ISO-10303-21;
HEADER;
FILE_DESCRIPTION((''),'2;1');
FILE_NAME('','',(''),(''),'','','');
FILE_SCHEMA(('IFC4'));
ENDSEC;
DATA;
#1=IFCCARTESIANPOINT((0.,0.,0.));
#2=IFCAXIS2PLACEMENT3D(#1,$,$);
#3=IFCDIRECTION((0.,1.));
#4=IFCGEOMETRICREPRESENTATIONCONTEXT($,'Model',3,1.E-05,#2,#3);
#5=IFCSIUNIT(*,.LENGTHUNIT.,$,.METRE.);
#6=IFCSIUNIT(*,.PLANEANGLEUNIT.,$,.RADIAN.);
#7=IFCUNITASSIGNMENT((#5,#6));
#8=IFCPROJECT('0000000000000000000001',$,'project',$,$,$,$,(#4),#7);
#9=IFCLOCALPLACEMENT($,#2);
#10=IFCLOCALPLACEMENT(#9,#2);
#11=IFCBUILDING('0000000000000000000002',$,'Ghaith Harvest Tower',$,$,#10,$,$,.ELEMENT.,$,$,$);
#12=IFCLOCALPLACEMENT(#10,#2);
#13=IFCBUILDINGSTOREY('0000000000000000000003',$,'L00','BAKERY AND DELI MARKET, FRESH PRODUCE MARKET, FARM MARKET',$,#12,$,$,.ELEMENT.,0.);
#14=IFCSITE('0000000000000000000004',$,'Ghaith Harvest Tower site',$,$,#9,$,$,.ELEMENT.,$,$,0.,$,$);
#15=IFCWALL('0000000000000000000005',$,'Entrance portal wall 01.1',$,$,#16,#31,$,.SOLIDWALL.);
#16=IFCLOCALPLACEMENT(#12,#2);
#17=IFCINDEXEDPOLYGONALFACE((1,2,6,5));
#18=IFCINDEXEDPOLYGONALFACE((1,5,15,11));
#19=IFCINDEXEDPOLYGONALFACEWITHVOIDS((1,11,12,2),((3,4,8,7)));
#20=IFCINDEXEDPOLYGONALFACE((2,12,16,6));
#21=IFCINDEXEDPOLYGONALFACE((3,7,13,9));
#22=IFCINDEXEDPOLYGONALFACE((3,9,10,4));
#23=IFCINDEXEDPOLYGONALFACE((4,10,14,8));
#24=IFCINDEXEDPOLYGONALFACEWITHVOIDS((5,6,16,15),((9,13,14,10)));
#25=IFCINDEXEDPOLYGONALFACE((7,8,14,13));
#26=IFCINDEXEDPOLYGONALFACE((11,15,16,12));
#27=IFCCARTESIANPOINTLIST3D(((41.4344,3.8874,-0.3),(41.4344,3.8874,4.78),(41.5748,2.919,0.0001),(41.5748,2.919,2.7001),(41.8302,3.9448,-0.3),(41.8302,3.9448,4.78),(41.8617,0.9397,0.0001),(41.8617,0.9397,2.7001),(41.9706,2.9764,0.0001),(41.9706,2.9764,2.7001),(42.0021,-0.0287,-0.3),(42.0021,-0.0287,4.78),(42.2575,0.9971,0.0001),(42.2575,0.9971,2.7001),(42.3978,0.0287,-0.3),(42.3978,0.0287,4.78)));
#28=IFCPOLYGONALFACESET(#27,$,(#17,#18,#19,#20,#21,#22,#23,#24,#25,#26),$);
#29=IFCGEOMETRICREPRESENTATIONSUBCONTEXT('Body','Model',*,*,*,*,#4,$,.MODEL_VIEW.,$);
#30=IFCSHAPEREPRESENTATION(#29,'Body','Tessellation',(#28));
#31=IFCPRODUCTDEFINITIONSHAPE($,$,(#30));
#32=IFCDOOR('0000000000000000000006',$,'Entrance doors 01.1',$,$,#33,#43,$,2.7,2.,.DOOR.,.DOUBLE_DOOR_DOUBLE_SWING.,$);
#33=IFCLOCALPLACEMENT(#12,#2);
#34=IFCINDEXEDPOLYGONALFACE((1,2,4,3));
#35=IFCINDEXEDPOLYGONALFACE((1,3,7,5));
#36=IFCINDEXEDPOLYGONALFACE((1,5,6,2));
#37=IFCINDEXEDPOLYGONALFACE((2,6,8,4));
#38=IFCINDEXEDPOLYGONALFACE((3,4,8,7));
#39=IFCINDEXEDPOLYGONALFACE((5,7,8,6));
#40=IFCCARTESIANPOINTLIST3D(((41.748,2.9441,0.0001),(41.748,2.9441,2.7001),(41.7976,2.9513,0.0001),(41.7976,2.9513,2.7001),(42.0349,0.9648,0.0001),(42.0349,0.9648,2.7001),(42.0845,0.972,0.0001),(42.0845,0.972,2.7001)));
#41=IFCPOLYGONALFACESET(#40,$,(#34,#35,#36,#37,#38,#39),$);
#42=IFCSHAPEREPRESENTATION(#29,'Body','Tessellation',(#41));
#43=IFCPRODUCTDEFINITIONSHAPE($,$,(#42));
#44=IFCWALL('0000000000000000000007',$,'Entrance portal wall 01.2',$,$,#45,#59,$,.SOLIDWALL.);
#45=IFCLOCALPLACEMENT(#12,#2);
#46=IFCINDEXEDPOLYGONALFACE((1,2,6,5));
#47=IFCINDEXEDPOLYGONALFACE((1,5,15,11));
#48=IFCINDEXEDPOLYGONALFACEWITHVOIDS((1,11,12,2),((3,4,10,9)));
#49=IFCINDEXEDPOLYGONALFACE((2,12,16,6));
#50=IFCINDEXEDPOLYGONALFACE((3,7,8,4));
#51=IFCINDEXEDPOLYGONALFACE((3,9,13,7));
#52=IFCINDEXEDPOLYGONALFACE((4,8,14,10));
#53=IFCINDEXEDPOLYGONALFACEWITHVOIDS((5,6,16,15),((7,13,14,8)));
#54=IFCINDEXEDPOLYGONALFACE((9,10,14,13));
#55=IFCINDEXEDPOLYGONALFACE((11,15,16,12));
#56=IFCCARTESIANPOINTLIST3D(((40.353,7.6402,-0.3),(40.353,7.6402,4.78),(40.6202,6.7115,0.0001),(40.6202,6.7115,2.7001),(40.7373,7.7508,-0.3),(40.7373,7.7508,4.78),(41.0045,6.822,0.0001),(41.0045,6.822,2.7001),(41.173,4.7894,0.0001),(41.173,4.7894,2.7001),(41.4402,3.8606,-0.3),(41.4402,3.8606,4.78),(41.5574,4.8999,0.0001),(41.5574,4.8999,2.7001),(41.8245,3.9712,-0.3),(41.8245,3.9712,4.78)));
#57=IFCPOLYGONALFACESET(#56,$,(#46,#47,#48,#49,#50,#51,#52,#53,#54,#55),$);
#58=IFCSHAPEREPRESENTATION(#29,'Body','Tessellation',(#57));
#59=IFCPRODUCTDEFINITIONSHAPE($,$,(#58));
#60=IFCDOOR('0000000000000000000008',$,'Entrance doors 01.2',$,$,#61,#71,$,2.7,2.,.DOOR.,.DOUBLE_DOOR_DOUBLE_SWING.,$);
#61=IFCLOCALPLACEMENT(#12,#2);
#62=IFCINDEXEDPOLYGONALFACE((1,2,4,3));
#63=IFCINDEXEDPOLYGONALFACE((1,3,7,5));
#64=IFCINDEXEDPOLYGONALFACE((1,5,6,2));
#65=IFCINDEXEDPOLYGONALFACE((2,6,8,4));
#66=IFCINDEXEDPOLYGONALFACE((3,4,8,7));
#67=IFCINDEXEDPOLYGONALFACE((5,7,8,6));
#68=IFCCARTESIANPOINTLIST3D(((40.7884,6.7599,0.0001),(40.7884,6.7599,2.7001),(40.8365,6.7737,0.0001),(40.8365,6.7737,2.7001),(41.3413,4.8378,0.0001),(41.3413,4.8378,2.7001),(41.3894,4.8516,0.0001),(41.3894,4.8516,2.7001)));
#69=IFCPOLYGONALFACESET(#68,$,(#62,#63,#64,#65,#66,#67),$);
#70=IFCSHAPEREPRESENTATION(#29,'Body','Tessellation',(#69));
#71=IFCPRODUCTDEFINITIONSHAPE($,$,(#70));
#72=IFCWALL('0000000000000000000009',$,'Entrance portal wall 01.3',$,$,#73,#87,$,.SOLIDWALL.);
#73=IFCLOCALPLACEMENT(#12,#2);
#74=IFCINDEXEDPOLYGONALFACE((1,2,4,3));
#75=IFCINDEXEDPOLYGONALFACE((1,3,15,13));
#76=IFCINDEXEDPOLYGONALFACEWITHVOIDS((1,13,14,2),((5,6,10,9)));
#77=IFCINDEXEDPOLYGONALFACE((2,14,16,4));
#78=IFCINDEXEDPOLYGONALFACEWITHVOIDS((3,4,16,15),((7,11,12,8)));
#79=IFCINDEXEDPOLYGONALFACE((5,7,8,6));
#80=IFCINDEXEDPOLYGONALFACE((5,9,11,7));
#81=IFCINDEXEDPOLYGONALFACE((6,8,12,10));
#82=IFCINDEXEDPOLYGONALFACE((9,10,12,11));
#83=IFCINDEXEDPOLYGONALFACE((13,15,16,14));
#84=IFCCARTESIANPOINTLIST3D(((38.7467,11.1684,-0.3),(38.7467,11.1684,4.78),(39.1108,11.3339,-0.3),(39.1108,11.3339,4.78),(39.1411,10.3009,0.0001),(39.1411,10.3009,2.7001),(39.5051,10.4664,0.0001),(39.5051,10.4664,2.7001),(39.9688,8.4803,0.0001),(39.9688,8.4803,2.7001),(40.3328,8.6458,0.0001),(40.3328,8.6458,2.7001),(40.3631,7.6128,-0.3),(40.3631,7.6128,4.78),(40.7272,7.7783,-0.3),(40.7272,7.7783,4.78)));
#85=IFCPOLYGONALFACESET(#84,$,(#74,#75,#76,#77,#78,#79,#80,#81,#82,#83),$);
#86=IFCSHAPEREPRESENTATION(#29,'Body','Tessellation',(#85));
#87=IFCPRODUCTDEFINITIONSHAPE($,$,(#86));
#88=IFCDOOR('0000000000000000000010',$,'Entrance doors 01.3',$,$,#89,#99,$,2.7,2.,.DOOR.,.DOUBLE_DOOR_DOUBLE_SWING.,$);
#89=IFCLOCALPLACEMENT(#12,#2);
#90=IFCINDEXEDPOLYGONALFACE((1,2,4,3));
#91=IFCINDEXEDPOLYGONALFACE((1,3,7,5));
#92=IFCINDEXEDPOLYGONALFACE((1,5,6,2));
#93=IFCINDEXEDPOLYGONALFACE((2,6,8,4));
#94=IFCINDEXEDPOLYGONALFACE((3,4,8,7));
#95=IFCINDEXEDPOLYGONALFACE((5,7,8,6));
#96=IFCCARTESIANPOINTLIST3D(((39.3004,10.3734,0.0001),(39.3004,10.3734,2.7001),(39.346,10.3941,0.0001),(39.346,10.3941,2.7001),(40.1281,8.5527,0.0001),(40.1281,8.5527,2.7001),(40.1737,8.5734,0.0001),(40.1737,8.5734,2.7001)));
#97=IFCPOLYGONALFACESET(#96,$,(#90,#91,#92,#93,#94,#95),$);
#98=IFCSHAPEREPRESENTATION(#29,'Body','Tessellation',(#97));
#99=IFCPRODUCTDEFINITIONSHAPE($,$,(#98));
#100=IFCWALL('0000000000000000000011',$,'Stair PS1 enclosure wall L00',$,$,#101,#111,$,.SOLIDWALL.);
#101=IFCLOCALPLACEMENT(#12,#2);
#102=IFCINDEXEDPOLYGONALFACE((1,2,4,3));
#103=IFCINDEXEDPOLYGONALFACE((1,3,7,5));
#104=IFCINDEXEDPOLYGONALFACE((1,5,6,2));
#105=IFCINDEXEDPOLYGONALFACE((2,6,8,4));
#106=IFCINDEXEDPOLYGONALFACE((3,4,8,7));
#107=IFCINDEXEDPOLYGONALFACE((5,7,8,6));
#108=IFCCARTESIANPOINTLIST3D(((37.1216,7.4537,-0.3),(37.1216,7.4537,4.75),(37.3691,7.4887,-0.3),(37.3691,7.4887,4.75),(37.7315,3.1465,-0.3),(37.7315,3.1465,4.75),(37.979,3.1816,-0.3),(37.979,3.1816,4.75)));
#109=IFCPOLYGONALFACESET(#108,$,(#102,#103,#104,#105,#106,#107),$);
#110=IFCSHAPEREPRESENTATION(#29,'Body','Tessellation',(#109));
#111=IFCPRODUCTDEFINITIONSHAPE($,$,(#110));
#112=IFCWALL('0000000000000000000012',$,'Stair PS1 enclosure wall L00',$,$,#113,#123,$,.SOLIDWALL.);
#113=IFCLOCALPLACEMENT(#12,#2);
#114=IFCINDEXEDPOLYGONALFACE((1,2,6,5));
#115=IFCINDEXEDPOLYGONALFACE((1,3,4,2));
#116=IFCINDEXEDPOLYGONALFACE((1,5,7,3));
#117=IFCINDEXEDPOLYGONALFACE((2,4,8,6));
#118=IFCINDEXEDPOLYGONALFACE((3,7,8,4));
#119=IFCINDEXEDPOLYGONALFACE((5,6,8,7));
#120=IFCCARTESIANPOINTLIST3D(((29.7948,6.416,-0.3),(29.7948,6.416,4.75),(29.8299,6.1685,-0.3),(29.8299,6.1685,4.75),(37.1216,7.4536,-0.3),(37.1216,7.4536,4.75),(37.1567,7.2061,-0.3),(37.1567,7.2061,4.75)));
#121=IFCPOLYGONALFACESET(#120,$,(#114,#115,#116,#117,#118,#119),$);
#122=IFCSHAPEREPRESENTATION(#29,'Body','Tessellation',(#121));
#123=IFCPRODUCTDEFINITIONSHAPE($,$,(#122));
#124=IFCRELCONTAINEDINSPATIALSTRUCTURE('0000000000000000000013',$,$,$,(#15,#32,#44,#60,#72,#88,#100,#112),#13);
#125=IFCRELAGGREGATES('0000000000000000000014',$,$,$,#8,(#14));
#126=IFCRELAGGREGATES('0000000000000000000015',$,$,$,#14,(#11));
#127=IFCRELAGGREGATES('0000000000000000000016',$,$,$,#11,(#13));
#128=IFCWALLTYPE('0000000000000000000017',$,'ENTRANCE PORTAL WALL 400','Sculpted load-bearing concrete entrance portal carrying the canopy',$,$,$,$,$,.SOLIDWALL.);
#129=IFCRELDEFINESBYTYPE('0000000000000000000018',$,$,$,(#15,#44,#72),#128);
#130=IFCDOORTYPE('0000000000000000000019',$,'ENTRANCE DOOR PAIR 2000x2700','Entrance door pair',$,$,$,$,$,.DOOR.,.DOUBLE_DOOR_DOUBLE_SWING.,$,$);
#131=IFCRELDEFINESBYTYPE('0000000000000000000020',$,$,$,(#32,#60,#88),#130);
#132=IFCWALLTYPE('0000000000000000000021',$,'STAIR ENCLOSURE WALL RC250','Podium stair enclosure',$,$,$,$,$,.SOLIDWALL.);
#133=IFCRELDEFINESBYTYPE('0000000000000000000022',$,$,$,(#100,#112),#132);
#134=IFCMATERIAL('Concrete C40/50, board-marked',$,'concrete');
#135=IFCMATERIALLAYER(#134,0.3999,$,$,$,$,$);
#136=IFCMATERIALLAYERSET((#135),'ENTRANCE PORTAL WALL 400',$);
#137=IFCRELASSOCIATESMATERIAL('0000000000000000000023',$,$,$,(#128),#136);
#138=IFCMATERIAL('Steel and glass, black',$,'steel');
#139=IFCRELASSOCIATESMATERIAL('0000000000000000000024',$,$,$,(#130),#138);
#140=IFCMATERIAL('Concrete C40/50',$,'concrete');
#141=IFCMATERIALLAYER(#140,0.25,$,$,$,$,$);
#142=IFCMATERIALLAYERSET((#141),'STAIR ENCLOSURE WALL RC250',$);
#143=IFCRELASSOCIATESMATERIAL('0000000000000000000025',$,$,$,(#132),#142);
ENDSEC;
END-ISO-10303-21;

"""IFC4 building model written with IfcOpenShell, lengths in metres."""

from ifc_helpers import new_model, si_unit, direction, frame, frame_2d, origin, place, context, subcontext, project, spatial, rectangle, extrude, material, layer, layer_set, type_object, element, fill, save


model = new_model("IFC4")

# Units and contexts
model_context = context("Model", 3, precision=1e-05, world=origin(), true_north=direction((0.0, 1.0)))
body_context = subcontext(model_context, "Body", "Model", "MODEL_VIEW")
ifc_project = project(units=[si_unit("LENGTHUNIT", "METRE"), si_unit("PLANEANGLEUNIT", "RADIAN")], contexts=[model_context])

# Site, building, storey
site_placement = place(None, origin())
site = spatial("IfcSite", under=ifc_project, at=site_placement, Name="Ghaith Harvest Tower site", CompositionType="ELEMENT", RefElevation=0.0)
building_placement = place(site_placement, origin())
building = spatial("IfcBuilding", under=site, at=building_placement, Name="Ghaith Harvest Tower", CompositionType="ELEMENT")
storey_placement = place(building_placement, origin())
storey = spatial("IfcBuildingStorey", under=building, at=storey_placement, Name="L00", Description="BAKERY AND DELI MARKET, FRESH PRODUCE MARKET, FARM MARKET", CompositionType="ELEMENT", Elevation=0.0)

# Walls, openings, doors
ifc_material_1 = material(Name="Concrete C40/50, board-marked", Category="concrete")
ifc_layer_1 = layer(ifc_material_1, 0.3999)
ifc_layer_set_1 = layer_set([ifc_layer_1], Name="ENTRANCE PORTAL WALL 400")
wall_type_1 = type_object("IfcWallType", Name="ENTRANCE PORTAL WALL 400", Description="Sculpted load-bearing concrete entrance portal carrying the canopy", PredefinedType="SOLIDWALL", material=ifc_layer_set_1)
wall_1_placement = place(storey_placement, frame((42.2, 0.0, -0.3), z_axis=(0.0, 0.0, 1.0), x_axis=(-0.143451, 0.989657, 0.0)))
wall_1 = element("IfcWall", 1, at=wall_1_placement, inside=storey, type_object=wall_type_1, Name="Entrance portal wall 01.1", PredefinedType="SOLIDWALL", context=body_context, shape_type="SweptSolid", body=[
    extrude(rectangle(XDim=3.957, YDim=0.3999, at=frame_2d((1.9785, 0.0))), origin(), (0.0, 0.0, 1.0), 5.0801),
])
opening_1_placement = place(wall_1_placement, frame((0.9785, 0.0, 0.3)))
opening_1 = element("IfcOpeningElement", 2, at=opening_1_placement, cuts=wall_1, PredefinedType="OPENING", context=body_context, shape_type="SweptSolid", body=[
    extrude(rectangle(XDim=2.0, YDim=2.7, at=frame_2d((1.0, 1.3501))), frame((0.0, 0.21, 0.0), z_axis=(0.0, -1.0, 0.0), x_axis=(1.0, 0.0, 0.0)), (0.0, 0.0, 1.0), 0.4199),
])
ifc_material_2 = material(Name="Steel and glass, black", Category="steel")
door_type = type_object("IfcDoorType", Name="ENTRANCE DOOR PAIR 2000x2700", Description="Entrance door pair", OperationType="DOUBLE_DOOR_DOUBLE_SWING", PredefinedType="DOOR", material=ifc_material_2)
door_1_placement = place(opening_1_placement, origin())
door_1 = element("IfcDoor", 3, at=door_1_placement, inside=storey, type_object=door_type, Name="Entrance doors 01.1", OperationType="DOUBLE_DOOR_DOUBLE_SWING", OverallHeight=2.7, OverallWidth=2.0, PredefinedType="DOOR", context=body_context, shape_type="SweptSolid", body=[
    extrude(rectangle(XDim=2.0, YDim=2.7, at=frame_2d((1.0, 1.3501))), frame((0.0, 0.0249, 0.0), z_axis=(0.0, -1.0, 0.0), x_axis=(1.0, 0.0, 0.0)), (0.0, 0.0, 1.0), 0.05),
])
fill(opening_1, door_1)
wall_2_placement = place(storey_placement, frame((41.6323, 3.916, -0.3), z_axis=(0.0, 0.0, 1.0), x_axis=(-0.276434, 0.961033, 0.0)))
wall_2 = element("IfcWall", 4, at=wall_2_placement, inside=storey, type_object=wall_type_1, Name="Entrance portal wall 01.2", PredefinedType="SOLIDWALL", context=body_context, shape_type="SweptSolid", body=[
    extrude(rectangle(XDim=3.9329, YDim=0.3999, at=frame_2d((1.9663, 0.0))), origin(), (0.0, 0.0, 1.0), 5.0801),
])
opening_2_placement = place(wall_2_placement, frame((0.9663, 0.0, 0.3)))
opening_2 = element("IfcOpeningElement", 5, at=opening_2_placement, cuts=wall_2, PredefinedType="OPENING", context=body_context, shape_type="SweptSolid", body=[
    extrude(rectangle(XDim=2.0, YDim=2.7, at=frame_2d((1.0, 1.3501))), frame((0.0, 0.21, 0.0), z_axis=(0.0, -1.0, 0.0), x_axis=(1.0, 0.0, 0.0)), (0.0, 0.0, 1.0), 0.4199),
])
door_2_placement = place(opening_2_placement, origin())
door_2 = element("IfcDoor", 6, at=door_2_placement, inside=storey, type_object=door_type, Name="Entrance doors 01.2", OperationType="DOUBLE_DOOR_DOUBLE_SWING", OverallHeight=2.7, OverallWidth=2.0, PredefinedType="DOOR", context=body_context, shape_type="SweptSolid", body=[
    extrude(rectangle(XDim=2.0, YDim=2.7, at=frame_2d((1.0, 1.3501))), frame((0.0, 0.0249, 0.0), z_axis=(0.0, -1.0, 0.0), x_axis=(1.0, 0.0, 0.0)), (0.0, 0.0, 1.0), 0.05),
])
fill(opening_2, door_2)
wall_3_placement = place(storey_placement, frame((40.5452, 7.6956, -0.3), z_axis=(0.0, 0.0, 1.0), x_axis=(-0.413855, 0.910343, 0.0)))
wall_3 = element("IfcWall", 7, at=wall_3_placement, inside=storey, type_object=wall_type_1, Name="Entrance portal wall 01.3", PredefinedType="SOLIDWALL", context=body_context, shape_type="SweptSolid", body=[
    extrude(rectangle(XDim=3.9058, YDim=0.3999, at=frame_2d((1.9529, 0.0))), origin(), (0.0, 0.0, 1.0), 5.0801),
])
opening_3_placement = place(wall_3_placement, frame((0.9529, 0.0, 0.3)))
opening_3 = element("IfcOpeningElement", 8, at=opening_3_placement, cuts=wall_3, PredefinedType="OPENING", context=body_context, shape_type="SweptSolid", body=[
    extrude(rectangle(XDim=2.0, YDim=2.7, at=frame_2d((1.0, 1.3501))), frame((0.0, 0.21, 0.0), z_axis=(0.0, -1.0, 0.0), x_axis=(1.0, 0.0, 0.0)), (0.0, 0.0, 1.0), 0.4199),
])
door_3_placement = place(opening_3_placement, origin())
door_3 = element("IfcDoor", 9, at=door_3_placement, inside=storey, type_object=door_type, Name="Entrance doors 01.3", OperationType="DOUBLE_DOOR_DOUBLE_SWING", OverallHeight=2.7, OverallWidth=2.0, PredefinedType="DOOR", context=body_context, shape_type="SweptSolid", body=[
    extrude(rectangle(XDim=2.0, YDim=2.7, at=frame_2d((1.0, 1.3501))), frame((0.0, 0.0249, 0.0), z_axis=(0.0, -1.0, 0.0), x_axis=(1.0, 0.0, 0.0)), (0.0, 0.0, 1.0), 0.05),
])
fill(opening_3, door_3)

# Walls
ifc_material_3 = material(Name="Concrete C40/50", Category="concrete")
ifc_layer_2 = layer(ifc_material_3, 0.25)
ifc_layer_set_2 = layer_set([ifc_layer_2], Name="STAIR ENCLOSURE WALL RC250")
wall_type_2 = type_object("IfcWallType", Name="STAIR ENCLOSURE WALL RC250", Description="Podium stair enclosure", PredefinedType="SOLIDWALL", material=ifc_layer_set_2)
wall_4_placement = place(storey_placement, frame((37.2454, 7.4712, -0.3), z_axis=(0.0, 0.0, 1.0), x_axis=(0.140196, -0.990124, 0.0)))
element("IfcWall", 10, at=wall_4_placement, inside=storey, type_object=wall_type_2, Name="Stair PS1 enclosure wall L00", PredefinedType="SOLIDWALL", context=body_context, shape_type="SweptSolid", body=[
    extrude(rectangle(XDim=4.3501, YDim=0.25, at=frame_2d((2.175, 0.0))), origin(), (0.0, 0.0, 1.0), 5.05),
])
wall_5_placement = place(storey_placement, frame((37.1392, 7.3298, -0.3), z_axis=(0.0, 0.0, 1.0), x_axis=(-0.990121, -0.140216, 0.0)))
element("IfcWall", 11, at=wall_5_placement, inside=storey, type_object=wall_type_2, Name="Stair PS1 enclosure wall L00", PredefinedType="SOLIDWALL", context=body_context, shape_type="SweptSolid", body=[
    extrude(rectangle(XDim=7.3999, YDim=0.25, at=frame_2d((3.7, 0.0))), origin(), (0.0, 0.0, 1.0), 5.05),
])

save(model, "model.ifc")
